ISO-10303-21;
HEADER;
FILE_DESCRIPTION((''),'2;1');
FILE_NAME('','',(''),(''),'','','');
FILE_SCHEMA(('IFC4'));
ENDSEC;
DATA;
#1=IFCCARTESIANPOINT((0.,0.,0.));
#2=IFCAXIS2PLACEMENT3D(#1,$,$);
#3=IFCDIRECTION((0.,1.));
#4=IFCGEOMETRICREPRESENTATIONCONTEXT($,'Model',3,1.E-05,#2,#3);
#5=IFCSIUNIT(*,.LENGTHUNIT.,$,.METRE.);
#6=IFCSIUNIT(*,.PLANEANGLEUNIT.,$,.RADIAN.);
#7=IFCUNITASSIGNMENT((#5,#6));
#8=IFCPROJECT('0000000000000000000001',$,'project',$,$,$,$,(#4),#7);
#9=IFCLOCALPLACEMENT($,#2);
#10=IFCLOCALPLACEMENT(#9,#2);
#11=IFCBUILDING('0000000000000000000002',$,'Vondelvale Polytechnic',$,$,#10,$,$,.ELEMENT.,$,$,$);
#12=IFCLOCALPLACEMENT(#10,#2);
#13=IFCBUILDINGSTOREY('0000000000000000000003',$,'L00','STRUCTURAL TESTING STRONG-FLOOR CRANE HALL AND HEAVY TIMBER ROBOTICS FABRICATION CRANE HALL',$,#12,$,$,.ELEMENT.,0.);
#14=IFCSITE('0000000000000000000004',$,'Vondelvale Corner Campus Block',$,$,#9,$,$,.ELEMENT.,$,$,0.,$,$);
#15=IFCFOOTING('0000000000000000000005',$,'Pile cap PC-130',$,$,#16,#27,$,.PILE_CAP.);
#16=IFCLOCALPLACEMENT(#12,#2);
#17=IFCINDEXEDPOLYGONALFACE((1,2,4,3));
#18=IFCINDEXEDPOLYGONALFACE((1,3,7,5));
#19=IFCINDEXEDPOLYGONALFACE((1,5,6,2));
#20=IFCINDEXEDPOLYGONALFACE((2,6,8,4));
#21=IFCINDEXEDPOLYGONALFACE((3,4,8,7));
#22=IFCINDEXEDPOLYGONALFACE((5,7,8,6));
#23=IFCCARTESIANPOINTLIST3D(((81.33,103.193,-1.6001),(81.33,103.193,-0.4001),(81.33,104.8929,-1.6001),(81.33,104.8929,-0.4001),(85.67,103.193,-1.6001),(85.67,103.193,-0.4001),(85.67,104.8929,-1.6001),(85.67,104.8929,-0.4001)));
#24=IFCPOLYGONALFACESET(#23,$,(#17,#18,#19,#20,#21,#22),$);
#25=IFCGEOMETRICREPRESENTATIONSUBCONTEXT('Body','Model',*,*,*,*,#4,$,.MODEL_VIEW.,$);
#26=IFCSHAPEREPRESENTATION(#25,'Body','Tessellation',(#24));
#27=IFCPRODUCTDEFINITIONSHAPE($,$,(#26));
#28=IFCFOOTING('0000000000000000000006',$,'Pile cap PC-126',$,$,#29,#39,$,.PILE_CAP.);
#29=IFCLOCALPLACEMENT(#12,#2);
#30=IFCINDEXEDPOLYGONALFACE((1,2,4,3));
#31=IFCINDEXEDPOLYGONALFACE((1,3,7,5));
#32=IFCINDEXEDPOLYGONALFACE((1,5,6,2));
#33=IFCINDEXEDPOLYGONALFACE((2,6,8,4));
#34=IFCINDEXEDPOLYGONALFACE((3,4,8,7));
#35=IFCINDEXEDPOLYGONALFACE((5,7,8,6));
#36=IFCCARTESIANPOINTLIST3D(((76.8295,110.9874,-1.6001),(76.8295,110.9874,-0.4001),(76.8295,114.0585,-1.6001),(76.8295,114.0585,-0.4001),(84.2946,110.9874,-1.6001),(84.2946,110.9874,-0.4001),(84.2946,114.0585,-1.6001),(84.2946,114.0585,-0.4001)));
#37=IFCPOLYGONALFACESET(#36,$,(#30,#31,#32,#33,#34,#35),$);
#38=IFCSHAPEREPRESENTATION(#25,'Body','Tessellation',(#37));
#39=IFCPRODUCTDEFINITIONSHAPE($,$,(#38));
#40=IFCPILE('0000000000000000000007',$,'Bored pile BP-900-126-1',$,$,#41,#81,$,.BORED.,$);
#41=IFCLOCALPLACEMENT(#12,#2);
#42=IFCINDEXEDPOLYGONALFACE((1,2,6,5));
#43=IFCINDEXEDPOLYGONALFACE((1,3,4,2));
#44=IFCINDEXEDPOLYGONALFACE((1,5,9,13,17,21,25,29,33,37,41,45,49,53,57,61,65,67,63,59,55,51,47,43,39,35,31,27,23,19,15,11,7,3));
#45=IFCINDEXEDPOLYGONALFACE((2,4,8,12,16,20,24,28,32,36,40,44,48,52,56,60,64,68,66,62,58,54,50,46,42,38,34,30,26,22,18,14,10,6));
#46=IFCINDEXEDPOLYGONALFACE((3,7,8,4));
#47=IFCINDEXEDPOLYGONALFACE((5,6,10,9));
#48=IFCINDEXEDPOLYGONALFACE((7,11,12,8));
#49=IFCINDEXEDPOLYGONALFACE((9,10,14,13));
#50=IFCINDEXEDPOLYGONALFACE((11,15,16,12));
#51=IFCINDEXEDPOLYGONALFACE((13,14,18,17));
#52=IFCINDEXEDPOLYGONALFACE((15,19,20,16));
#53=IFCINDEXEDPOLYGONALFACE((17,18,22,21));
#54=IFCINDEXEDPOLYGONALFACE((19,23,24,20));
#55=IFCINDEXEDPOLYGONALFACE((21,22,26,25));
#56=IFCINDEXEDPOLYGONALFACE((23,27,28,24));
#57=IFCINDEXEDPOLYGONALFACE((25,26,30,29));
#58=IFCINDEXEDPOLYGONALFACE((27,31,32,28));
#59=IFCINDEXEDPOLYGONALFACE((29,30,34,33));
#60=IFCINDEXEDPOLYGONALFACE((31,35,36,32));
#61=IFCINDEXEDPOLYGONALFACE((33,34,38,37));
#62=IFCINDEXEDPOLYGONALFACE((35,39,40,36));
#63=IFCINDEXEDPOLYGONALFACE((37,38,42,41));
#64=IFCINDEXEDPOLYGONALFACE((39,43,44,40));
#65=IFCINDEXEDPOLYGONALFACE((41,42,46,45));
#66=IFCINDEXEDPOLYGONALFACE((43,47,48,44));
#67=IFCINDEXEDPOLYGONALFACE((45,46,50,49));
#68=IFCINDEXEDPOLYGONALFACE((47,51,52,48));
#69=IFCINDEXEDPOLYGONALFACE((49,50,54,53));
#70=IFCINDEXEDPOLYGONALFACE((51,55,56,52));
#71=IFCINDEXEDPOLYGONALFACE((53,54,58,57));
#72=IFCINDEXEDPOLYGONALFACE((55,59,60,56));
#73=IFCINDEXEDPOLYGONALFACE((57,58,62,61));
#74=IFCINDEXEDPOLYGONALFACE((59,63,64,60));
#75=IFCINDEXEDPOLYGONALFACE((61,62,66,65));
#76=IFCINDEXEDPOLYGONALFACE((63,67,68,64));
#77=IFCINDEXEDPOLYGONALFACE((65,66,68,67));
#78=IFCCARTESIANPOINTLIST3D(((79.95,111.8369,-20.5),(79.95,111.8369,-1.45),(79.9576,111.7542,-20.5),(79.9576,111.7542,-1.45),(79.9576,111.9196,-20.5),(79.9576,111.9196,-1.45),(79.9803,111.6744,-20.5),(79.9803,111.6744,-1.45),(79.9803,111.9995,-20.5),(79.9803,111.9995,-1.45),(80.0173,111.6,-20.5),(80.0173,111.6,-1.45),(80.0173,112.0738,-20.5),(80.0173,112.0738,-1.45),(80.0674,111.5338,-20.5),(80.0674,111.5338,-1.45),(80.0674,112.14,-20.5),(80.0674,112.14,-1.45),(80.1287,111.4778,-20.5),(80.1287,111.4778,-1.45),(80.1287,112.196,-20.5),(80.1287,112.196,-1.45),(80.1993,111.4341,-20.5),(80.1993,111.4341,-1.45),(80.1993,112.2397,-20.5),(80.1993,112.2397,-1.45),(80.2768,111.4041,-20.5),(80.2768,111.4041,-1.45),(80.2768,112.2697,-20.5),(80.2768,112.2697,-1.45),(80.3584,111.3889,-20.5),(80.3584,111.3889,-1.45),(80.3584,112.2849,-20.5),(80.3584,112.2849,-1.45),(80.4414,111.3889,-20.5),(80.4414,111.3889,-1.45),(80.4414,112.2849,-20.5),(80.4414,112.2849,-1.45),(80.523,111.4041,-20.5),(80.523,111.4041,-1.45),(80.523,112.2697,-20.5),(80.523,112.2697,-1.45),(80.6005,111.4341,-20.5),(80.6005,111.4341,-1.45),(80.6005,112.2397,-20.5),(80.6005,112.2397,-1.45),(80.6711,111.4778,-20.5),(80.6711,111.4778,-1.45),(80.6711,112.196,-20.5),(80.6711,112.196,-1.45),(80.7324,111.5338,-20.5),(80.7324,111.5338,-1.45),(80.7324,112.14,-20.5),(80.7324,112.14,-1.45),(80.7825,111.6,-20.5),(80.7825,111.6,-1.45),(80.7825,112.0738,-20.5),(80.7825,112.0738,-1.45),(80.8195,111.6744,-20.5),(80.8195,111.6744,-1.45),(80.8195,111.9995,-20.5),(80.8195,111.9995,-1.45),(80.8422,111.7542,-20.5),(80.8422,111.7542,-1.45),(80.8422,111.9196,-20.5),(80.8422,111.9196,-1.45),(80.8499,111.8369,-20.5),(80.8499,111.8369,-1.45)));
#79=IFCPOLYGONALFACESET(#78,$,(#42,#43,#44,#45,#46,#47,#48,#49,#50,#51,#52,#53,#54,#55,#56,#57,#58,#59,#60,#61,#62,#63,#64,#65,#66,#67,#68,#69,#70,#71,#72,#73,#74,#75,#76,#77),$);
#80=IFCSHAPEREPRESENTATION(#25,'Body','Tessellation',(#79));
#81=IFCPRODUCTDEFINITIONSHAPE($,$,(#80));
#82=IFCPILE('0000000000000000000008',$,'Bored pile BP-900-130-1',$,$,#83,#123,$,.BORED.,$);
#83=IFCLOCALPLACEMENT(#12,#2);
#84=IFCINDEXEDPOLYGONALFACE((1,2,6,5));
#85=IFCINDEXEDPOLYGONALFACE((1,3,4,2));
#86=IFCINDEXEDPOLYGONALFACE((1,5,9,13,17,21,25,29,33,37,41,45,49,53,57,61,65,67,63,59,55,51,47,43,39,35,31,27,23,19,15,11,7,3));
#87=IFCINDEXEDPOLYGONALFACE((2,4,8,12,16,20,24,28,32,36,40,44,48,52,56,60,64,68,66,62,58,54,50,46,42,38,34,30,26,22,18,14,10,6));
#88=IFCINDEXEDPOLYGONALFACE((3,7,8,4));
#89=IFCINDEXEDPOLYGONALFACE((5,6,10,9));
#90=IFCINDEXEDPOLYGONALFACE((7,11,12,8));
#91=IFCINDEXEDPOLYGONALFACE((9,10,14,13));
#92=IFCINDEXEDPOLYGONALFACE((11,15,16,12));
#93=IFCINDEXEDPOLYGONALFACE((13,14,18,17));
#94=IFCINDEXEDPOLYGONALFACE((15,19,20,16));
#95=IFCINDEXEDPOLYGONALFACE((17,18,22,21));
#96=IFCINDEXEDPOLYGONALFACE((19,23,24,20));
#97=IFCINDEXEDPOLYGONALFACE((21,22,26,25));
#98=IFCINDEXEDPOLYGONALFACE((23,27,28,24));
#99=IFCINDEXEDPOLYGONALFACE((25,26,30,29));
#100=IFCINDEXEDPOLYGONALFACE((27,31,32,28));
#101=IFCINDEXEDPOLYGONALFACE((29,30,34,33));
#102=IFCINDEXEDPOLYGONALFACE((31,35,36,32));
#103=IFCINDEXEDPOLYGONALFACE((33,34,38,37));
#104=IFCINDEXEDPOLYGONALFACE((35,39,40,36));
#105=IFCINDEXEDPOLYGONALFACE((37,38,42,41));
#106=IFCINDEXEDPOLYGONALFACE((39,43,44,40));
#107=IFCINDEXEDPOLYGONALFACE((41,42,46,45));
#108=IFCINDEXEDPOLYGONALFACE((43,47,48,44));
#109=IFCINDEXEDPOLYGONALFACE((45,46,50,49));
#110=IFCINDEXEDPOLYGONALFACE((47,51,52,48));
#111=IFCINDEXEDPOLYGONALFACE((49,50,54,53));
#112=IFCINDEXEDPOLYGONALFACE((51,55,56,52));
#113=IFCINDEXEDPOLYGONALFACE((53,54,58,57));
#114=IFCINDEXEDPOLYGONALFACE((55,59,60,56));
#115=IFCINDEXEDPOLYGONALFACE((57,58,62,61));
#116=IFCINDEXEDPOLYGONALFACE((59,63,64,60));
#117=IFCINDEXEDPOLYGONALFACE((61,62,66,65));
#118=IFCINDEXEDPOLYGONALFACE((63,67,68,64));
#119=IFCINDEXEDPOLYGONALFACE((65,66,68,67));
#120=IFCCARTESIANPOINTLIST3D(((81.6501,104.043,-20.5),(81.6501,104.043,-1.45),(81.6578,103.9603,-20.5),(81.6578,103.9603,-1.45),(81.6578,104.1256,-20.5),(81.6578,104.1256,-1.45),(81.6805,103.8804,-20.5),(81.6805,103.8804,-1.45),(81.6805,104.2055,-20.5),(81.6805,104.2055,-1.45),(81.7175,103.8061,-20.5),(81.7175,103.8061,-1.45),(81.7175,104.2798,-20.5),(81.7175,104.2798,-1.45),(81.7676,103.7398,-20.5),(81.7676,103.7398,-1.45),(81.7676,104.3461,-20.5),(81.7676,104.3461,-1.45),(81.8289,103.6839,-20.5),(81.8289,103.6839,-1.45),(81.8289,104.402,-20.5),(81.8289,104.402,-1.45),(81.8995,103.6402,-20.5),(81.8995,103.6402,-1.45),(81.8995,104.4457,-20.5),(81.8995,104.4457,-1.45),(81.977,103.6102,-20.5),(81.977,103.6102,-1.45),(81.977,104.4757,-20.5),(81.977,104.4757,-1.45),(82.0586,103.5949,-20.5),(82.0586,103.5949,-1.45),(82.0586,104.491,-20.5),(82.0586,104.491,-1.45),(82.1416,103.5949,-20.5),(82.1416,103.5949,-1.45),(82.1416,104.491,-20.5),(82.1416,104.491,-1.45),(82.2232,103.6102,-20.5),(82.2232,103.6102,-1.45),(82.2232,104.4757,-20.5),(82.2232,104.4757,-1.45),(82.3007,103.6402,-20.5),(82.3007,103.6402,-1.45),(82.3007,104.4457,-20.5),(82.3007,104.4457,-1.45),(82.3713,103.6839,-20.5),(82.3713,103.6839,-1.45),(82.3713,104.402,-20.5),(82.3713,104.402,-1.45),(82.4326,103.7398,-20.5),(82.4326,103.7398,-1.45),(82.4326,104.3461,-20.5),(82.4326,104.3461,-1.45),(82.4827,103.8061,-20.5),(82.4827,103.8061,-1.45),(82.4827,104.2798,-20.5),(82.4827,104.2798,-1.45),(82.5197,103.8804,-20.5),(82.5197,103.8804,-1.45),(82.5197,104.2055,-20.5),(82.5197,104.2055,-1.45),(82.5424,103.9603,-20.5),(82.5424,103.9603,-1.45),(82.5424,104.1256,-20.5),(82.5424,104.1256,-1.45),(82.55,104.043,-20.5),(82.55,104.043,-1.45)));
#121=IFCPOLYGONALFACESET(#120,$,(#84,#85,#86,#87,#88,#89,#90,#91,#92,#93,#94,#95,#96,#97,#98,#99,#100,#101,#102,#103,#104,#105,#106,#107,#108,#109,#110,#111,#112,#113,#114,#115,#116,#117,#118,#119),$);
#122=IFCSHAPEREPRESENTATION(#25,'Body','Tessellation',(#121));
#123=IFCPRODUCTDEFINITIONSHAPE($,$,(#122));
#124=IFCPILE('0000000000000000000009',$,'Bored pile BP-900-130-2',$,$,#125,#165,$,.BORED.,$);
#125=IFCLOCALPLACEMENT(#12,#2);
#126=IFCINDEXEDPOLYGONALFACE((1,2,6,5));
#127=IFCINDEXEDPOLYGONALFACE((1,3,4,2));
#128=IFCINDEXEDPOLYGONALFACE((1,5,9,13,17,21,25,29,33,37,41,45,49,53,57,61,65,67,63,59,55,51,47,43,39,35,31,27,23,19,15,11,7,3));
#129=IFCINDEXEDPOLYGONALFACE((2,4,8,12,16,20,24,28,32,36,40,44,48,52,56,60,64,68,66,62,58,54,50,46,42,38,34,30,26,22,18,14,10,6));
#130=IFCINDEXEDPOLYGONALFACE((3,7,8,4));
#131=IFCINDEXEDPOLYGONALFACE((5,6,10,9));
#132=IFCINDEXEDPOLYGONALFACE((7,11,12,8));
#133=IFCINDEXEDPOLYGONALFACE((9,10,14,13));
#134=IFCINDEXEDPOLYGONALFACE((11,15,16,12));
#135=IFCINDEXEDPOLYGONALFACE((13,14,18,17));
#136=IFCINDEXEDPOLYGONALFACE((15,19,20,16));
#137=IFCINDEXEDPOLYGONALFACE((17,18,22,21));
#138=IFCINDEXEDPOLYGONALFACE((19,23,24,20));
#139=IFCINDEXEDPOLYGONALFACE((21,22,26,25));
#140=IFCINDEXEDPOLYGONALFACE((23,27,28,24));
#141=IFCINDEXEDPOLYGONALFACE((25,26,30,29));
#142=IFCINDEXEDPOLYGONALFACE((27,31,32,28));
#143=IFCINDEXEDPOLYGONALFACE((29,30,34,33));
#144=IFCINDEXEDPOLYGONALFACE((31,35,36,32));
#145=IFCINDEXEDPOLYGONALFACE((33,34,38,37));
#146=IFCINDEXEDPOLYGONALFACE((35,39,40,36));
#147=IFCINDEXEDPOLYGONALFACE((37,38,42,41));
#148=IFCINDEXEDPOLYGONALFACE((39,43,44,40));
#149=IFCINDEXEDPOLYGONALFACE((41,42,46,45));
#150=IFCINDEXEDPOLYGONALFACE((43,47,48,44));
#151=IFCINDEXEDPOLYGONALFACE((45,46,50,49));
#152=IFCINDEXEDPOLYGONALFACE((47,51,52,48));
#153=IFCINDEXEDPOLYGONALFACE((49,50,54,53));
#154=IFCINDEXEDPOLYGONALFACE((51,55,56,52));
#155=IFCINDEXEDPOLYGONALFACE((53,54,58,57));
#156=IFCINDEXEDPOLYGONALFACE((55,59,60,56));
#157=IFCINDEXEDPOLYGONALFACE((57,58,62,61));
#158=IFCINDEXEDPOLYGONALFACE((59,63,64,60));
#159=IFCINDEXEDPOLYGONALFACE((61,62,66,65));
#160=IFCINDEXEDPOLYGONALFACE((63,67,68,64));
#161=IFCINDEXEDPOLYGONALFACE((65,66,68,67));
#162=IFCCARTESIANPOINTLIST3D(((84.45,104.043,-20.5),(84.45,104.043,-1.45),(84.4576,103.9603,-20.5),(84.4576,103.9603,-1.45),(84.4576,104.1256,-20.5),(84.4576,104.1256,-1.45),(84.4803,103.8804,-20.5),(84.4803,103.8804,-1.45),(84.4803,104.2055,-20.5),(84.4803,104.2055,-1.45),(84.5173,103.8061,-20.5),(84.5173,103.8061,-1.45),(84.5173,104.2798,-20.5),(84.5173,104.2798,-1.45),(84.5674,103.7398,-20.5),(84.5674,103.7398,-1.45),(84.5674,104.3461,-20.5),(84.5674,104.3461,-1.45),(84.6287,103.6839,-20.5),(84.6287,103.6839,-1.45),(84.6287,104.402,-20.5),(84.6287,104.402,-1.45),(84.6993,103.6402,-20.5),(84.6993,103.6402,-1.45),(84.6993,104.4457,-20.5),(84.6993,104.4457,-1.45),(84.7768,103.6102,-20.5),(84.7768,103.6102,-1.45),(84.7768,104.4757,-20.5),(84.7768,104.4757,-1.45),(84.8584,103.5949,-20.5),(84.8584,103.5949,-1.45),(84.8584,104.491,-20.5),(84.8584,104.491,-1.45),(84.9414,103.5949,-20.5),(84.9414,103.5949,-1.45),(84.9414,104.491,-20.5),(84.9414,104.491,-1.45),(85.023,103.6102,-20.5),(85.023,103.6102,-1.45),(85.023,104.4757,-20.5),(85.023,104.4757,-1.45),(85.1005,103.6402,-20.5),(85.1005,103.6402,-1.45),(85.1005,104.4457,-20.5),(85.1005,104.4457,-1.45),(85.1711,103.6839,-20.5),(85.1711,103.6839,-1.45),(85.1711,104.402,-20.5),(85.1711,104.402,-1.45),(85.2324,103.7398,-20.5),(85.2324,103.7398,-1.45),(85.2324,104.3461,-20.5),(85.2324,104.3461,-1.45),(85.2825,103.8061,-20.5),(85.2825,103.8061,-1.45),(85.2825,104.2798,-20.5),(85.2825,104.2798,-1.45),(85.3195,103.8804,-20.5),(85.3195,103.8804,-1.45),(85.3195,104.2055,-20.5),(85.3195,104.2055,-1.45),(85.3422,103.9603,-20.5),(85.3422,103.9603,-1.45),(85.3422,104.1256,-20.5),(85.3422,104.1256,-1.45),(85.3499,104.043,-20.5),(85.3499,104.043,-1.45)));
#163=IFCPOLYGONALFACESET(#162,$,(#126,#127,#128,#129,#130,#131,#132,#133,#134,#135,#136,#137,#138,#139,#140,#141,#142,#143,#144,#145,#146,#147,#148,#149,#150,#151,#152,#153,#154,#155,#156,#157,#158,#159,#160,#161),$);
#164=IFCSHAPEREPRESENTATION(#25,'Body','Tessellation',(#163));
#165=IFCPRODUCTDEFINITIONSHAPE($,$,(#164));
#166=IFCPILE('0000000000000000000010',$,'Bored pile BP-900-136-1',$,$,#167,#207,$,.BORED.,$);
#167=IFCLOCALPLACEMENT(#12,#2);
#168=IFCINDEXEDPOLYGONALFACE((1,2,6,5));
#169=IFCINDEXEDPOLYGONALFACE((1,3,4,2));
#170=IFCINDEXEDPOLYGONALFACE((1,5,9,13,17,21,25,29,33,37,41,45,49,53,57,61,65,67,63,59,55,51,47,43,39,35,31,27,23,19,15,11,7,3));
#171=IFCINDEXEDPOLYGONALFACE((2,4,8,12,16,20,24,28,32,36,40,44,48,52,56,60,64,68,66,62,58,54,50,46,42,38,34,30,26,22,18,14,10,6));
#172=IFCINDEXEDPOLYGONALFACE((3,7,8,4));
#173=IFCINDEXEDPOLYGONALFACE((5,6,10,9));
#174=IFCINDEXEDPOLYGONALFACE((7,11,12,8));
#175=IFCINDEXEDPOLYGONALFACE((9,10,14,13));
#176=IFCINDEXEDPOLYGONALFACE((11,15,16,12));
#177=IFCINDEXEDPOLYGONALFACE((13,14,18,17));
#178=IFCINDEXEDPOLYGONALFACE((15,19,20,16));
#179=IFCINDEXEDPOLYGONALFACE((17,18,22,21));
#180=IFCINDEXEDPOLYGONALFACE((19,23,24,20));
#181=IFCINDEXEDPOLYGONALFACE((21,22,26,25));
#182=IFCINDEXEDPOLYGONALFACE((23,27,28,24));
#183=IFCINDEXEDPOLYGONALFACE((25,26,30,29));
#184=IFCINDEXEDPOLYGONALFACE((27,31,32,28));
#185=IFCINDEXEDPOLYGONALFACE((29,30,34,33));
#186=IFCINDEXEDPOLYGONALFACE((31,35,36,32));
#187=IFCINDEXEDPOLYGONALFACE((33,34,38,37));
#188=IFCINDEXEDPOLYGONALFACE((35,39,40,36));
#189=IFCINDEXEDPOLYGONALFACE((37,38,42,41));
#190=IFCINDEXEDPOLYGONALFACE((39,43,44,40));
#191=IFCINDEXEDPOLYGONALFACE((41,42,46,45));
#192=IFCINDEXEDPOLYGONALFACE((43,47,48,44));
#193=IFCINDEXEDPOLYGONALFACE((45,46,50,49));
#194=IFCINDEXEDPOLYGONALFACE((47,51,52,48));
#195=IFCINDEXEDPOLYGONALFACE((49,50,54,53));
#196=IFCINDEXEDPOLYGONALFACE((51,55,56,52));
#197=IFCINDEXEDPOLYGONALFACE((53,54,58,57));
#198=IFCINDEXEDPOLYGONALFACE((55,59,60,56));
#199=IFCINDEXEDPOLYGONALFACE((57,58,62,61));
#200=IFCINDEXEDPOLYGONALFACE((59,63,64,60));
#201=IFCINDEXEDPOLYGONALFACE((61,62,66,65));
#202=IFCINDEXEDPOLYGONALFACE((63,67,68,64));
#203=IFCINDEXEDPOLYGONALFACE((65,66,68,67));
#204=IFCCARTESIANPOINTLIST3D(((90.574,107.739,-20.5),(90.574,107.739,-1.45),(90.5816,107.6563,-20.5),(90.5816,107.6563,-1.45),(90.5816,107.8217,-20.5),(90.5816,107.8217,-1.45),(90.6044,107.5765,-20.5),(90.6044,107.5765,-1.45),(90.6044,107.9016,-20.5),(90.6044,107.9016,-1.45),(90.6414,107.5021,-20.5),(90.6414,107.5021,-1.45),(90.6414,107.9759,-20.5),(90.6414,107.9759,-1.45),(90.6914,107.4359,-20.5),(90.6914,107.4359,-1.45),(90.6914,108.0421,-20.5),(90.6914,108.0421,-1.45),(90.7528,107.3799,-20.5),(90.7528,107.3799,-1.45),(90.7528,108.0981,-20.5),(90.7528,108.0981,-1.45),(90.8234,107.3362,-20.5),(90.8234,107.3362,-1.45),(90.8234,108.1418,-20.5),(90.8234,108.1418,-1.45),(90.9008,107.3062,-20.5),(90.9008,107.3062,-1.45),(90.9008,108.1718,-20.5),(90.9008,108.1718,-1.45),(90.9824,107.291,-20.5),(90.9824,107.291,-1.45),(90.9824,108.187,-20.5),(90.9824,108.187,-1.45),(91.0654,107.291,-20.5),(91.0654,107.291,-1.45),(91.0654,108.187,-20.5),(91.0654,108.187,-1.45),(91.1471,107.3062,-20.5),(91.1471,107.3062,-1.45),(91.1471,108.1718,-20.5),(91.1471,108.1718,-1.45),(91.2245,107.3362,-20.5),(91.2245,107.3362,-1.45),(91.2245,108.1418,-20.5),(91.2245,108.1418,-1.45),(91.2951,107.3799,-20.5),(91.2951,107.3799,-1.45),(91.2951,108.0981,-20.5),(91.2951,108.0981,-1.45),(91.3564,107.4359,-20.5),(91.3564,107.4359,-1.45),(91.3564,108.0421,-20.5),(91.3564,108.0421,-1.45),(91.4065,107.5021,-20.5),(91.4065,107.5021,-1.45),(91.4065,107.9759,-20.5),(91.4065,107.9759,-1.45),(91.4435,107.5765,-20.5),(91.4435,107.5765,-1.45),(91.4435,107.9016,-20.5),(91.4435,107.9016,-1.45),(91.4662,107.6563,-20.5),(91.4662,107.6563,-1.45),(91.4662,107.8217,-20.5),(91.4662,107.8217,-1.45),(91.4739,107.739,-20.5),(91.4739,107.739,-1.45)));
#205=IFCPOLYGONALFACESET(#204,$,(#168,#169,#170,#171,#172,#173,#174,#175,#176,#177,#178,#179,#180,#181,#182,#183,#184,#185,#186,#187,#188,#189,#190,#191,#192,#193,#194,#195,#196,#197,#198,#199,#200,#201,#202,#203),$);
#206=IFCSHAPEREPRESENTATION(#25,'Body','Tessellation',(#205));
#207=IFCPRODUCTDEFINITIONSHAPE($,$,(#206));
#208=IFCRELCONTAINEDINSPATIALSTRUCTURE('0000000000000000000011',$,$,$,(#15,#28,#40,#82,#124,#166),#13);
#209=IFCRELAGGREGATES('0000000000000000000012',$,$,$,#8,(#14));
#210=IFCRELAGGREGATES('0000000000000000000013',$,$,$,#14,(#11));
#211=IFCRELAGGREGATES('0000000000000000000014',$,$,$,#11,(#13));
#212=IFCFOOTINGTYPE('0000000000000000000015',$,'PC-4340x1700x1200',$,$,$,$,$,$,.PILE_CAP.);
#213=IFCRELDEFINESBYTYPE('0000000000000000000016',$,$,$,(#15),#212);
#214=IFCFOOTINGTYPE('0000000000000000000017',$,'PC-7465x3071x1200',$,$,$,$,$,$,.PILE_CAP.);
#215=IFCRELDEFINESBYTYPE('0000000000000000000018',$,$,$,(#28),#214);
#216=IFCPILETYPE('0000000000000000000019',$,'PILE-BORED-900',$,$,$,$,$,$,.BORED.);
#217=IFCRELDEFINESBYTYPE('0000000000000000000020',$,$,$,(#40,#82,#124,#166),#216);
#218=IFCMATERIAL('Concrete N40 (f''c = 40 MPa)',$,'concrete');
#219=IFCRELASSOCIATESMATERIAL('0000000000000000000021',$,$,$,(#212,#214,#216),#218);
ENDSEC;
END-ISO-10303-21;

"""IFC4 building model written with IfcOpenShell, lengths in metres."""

from ifc_helpers import new_model, si_unit, direction, frame, origin, origin_2d, place, context, subcontext, project, spatial, rectangle, circle, extrude, material, material_profile, profile_set, type_object, element, save


model = new_model("IFC4")

# Units and contexts
model_context = context("Model", 3, precision=1e-05, world=origin(), true_north=direction((0.0, 1.0)))
body_context = subcontext(model_context, "Body", "Model", "MODEL_VIEW")
ifc_project = project(units=[si_unit("LENGTHUNIT", "METRE"), si_unit("PLANEANGLEUNIT", "RADIAN")], contexts=[model_context])

# Site, building, storey
site_placement = place(None, origin())
site = spatial("IfcSite", under=ifc_project, at=site_placement, Name="Vondelvale Corner Campus Block", CompositionType="ELEMENT", RefElevation=0.0)
building_placement = place(site_placement, origin())
building = spatial("IfcBuilding", under=site, at=building_placement, Name="Vondelvale Polytechnic", CompositionType="ELEMENT")
storey_placement = place(building_placement, origin())
storey = spatial("IfcBuildingStorey", under=building, at=storey_placement, Name="L00", Description="STRUCTURAL TESTING STRONG-FLOOR CRANE HALL AND HEAVY TIMBER ROBOTICS FABRICATION CRANE HALL", CompositionType="ELEMENT", Elevation=0.0)

# Footings
ifc_material_1 = material(Name="Concrete N40 (f'c = 40 MPa)", Category="concrete")
footing_type_1 = type_object("IfcFootingType", Name="PC-4340x1700x1200", PredefinedType="PILE_CAP", material=ifc_material_1)
footing_1_placement = place(storey_placement, frame((83.5, 104.043, -1.6001), z_axis=(0.0, 0.0, 1.0), x_axis=(1.0, 0.0, 0.0)))
element("IfcFooting", 1, at=footing_1_placement, inside=storey, type_object=footing_type_1, Name="Pile cap PC-130", PredefinedType="PILE_CAP", context=body_context, shape_type="SweptSolid", body=[
    extrude(rectangle(XDim=4.3401, YDim=1.7, at=origin_2d()), origin(), (0.0, 0.0, 1.0), 1.2),
])
footing_type_2 = type_object("IfcFootingType", Name="PC-7465x3071x1200", PredefinedType="PILE_CAP", material=ifc_material_1)
footing_2_placement = place(storey_placement, frame((80.562, 112.5229, -1.6001), z_axis=(0.0, 0.0, 1.0), x_axis=(1.0, 0.0, 0.0)))
element("IfcFooting", 2, at=footing_2_placement, inside=storey, type_object=footing_type_2, Name="Pile cap PC-126", PredefinedType="PILE_CAP", context=body_context, shape_type="SweptSolid", body=[
    extrude(rectangle(XDim=7.4651, YDim=3.071, at=origin_2d()), origin(), (0.0, 0.0, 1.0), 1.2),
])

# Piles
ifc_material_profile_1 = material_profile(ifc_material_1, circle(Radius=0.45, at=origin_2d()), Name="PILE-D900")
ifc_profile_set_1 = profile_set([ifc_material_profile_1], Name="Concrete N40 (f'c = 40 MPa)")
pile_type = type_object("IfcPileType", Name="PILE-BORED-900", PredefinedType="BORED", material=ifc_profile_set_1)
for number, where, z_axis, x_axis, name in (
    (3, (80.3999, 111.8369, -1.45), (0.0, 0.0, -1.0), (1.0, 0.0, 0.0), "Bored pile BP-900-126-1"),
    (4, (82.1001, 104.043, -1.45), (0.0, 0.0, -1.0), (1.0, 0.0, 0.0), "Bored pile BP-900-130-1"),
    (5, (84.8999, 104.043, -1.45), (0.0, 0.0, -1.0), (1.0, 0.0, 0.0), "Bored pile BP-900-130-2"),
    (6, (91.0239, 107.739, -1.45), (0.0, 0.0, -1.0), (1.0, 0.0, 0.0), "Bored pile BP-900-136-1"),
):
    element("IfcPile", number, at=place(storey_placement, frame(where, z_axis=z_axis, x_axis=x_axis)), inside=storey, type_object=pile_type, Name=name, PredefinedType="BORED", context=body_context, shape_type="SweptSolid", body=[
        extrude(circle(Radius=0.45, at=origin_2d()), origin(), (0.0, 0.0, 1.0), 19.05),
    ])

save(model, "model.ifc")
